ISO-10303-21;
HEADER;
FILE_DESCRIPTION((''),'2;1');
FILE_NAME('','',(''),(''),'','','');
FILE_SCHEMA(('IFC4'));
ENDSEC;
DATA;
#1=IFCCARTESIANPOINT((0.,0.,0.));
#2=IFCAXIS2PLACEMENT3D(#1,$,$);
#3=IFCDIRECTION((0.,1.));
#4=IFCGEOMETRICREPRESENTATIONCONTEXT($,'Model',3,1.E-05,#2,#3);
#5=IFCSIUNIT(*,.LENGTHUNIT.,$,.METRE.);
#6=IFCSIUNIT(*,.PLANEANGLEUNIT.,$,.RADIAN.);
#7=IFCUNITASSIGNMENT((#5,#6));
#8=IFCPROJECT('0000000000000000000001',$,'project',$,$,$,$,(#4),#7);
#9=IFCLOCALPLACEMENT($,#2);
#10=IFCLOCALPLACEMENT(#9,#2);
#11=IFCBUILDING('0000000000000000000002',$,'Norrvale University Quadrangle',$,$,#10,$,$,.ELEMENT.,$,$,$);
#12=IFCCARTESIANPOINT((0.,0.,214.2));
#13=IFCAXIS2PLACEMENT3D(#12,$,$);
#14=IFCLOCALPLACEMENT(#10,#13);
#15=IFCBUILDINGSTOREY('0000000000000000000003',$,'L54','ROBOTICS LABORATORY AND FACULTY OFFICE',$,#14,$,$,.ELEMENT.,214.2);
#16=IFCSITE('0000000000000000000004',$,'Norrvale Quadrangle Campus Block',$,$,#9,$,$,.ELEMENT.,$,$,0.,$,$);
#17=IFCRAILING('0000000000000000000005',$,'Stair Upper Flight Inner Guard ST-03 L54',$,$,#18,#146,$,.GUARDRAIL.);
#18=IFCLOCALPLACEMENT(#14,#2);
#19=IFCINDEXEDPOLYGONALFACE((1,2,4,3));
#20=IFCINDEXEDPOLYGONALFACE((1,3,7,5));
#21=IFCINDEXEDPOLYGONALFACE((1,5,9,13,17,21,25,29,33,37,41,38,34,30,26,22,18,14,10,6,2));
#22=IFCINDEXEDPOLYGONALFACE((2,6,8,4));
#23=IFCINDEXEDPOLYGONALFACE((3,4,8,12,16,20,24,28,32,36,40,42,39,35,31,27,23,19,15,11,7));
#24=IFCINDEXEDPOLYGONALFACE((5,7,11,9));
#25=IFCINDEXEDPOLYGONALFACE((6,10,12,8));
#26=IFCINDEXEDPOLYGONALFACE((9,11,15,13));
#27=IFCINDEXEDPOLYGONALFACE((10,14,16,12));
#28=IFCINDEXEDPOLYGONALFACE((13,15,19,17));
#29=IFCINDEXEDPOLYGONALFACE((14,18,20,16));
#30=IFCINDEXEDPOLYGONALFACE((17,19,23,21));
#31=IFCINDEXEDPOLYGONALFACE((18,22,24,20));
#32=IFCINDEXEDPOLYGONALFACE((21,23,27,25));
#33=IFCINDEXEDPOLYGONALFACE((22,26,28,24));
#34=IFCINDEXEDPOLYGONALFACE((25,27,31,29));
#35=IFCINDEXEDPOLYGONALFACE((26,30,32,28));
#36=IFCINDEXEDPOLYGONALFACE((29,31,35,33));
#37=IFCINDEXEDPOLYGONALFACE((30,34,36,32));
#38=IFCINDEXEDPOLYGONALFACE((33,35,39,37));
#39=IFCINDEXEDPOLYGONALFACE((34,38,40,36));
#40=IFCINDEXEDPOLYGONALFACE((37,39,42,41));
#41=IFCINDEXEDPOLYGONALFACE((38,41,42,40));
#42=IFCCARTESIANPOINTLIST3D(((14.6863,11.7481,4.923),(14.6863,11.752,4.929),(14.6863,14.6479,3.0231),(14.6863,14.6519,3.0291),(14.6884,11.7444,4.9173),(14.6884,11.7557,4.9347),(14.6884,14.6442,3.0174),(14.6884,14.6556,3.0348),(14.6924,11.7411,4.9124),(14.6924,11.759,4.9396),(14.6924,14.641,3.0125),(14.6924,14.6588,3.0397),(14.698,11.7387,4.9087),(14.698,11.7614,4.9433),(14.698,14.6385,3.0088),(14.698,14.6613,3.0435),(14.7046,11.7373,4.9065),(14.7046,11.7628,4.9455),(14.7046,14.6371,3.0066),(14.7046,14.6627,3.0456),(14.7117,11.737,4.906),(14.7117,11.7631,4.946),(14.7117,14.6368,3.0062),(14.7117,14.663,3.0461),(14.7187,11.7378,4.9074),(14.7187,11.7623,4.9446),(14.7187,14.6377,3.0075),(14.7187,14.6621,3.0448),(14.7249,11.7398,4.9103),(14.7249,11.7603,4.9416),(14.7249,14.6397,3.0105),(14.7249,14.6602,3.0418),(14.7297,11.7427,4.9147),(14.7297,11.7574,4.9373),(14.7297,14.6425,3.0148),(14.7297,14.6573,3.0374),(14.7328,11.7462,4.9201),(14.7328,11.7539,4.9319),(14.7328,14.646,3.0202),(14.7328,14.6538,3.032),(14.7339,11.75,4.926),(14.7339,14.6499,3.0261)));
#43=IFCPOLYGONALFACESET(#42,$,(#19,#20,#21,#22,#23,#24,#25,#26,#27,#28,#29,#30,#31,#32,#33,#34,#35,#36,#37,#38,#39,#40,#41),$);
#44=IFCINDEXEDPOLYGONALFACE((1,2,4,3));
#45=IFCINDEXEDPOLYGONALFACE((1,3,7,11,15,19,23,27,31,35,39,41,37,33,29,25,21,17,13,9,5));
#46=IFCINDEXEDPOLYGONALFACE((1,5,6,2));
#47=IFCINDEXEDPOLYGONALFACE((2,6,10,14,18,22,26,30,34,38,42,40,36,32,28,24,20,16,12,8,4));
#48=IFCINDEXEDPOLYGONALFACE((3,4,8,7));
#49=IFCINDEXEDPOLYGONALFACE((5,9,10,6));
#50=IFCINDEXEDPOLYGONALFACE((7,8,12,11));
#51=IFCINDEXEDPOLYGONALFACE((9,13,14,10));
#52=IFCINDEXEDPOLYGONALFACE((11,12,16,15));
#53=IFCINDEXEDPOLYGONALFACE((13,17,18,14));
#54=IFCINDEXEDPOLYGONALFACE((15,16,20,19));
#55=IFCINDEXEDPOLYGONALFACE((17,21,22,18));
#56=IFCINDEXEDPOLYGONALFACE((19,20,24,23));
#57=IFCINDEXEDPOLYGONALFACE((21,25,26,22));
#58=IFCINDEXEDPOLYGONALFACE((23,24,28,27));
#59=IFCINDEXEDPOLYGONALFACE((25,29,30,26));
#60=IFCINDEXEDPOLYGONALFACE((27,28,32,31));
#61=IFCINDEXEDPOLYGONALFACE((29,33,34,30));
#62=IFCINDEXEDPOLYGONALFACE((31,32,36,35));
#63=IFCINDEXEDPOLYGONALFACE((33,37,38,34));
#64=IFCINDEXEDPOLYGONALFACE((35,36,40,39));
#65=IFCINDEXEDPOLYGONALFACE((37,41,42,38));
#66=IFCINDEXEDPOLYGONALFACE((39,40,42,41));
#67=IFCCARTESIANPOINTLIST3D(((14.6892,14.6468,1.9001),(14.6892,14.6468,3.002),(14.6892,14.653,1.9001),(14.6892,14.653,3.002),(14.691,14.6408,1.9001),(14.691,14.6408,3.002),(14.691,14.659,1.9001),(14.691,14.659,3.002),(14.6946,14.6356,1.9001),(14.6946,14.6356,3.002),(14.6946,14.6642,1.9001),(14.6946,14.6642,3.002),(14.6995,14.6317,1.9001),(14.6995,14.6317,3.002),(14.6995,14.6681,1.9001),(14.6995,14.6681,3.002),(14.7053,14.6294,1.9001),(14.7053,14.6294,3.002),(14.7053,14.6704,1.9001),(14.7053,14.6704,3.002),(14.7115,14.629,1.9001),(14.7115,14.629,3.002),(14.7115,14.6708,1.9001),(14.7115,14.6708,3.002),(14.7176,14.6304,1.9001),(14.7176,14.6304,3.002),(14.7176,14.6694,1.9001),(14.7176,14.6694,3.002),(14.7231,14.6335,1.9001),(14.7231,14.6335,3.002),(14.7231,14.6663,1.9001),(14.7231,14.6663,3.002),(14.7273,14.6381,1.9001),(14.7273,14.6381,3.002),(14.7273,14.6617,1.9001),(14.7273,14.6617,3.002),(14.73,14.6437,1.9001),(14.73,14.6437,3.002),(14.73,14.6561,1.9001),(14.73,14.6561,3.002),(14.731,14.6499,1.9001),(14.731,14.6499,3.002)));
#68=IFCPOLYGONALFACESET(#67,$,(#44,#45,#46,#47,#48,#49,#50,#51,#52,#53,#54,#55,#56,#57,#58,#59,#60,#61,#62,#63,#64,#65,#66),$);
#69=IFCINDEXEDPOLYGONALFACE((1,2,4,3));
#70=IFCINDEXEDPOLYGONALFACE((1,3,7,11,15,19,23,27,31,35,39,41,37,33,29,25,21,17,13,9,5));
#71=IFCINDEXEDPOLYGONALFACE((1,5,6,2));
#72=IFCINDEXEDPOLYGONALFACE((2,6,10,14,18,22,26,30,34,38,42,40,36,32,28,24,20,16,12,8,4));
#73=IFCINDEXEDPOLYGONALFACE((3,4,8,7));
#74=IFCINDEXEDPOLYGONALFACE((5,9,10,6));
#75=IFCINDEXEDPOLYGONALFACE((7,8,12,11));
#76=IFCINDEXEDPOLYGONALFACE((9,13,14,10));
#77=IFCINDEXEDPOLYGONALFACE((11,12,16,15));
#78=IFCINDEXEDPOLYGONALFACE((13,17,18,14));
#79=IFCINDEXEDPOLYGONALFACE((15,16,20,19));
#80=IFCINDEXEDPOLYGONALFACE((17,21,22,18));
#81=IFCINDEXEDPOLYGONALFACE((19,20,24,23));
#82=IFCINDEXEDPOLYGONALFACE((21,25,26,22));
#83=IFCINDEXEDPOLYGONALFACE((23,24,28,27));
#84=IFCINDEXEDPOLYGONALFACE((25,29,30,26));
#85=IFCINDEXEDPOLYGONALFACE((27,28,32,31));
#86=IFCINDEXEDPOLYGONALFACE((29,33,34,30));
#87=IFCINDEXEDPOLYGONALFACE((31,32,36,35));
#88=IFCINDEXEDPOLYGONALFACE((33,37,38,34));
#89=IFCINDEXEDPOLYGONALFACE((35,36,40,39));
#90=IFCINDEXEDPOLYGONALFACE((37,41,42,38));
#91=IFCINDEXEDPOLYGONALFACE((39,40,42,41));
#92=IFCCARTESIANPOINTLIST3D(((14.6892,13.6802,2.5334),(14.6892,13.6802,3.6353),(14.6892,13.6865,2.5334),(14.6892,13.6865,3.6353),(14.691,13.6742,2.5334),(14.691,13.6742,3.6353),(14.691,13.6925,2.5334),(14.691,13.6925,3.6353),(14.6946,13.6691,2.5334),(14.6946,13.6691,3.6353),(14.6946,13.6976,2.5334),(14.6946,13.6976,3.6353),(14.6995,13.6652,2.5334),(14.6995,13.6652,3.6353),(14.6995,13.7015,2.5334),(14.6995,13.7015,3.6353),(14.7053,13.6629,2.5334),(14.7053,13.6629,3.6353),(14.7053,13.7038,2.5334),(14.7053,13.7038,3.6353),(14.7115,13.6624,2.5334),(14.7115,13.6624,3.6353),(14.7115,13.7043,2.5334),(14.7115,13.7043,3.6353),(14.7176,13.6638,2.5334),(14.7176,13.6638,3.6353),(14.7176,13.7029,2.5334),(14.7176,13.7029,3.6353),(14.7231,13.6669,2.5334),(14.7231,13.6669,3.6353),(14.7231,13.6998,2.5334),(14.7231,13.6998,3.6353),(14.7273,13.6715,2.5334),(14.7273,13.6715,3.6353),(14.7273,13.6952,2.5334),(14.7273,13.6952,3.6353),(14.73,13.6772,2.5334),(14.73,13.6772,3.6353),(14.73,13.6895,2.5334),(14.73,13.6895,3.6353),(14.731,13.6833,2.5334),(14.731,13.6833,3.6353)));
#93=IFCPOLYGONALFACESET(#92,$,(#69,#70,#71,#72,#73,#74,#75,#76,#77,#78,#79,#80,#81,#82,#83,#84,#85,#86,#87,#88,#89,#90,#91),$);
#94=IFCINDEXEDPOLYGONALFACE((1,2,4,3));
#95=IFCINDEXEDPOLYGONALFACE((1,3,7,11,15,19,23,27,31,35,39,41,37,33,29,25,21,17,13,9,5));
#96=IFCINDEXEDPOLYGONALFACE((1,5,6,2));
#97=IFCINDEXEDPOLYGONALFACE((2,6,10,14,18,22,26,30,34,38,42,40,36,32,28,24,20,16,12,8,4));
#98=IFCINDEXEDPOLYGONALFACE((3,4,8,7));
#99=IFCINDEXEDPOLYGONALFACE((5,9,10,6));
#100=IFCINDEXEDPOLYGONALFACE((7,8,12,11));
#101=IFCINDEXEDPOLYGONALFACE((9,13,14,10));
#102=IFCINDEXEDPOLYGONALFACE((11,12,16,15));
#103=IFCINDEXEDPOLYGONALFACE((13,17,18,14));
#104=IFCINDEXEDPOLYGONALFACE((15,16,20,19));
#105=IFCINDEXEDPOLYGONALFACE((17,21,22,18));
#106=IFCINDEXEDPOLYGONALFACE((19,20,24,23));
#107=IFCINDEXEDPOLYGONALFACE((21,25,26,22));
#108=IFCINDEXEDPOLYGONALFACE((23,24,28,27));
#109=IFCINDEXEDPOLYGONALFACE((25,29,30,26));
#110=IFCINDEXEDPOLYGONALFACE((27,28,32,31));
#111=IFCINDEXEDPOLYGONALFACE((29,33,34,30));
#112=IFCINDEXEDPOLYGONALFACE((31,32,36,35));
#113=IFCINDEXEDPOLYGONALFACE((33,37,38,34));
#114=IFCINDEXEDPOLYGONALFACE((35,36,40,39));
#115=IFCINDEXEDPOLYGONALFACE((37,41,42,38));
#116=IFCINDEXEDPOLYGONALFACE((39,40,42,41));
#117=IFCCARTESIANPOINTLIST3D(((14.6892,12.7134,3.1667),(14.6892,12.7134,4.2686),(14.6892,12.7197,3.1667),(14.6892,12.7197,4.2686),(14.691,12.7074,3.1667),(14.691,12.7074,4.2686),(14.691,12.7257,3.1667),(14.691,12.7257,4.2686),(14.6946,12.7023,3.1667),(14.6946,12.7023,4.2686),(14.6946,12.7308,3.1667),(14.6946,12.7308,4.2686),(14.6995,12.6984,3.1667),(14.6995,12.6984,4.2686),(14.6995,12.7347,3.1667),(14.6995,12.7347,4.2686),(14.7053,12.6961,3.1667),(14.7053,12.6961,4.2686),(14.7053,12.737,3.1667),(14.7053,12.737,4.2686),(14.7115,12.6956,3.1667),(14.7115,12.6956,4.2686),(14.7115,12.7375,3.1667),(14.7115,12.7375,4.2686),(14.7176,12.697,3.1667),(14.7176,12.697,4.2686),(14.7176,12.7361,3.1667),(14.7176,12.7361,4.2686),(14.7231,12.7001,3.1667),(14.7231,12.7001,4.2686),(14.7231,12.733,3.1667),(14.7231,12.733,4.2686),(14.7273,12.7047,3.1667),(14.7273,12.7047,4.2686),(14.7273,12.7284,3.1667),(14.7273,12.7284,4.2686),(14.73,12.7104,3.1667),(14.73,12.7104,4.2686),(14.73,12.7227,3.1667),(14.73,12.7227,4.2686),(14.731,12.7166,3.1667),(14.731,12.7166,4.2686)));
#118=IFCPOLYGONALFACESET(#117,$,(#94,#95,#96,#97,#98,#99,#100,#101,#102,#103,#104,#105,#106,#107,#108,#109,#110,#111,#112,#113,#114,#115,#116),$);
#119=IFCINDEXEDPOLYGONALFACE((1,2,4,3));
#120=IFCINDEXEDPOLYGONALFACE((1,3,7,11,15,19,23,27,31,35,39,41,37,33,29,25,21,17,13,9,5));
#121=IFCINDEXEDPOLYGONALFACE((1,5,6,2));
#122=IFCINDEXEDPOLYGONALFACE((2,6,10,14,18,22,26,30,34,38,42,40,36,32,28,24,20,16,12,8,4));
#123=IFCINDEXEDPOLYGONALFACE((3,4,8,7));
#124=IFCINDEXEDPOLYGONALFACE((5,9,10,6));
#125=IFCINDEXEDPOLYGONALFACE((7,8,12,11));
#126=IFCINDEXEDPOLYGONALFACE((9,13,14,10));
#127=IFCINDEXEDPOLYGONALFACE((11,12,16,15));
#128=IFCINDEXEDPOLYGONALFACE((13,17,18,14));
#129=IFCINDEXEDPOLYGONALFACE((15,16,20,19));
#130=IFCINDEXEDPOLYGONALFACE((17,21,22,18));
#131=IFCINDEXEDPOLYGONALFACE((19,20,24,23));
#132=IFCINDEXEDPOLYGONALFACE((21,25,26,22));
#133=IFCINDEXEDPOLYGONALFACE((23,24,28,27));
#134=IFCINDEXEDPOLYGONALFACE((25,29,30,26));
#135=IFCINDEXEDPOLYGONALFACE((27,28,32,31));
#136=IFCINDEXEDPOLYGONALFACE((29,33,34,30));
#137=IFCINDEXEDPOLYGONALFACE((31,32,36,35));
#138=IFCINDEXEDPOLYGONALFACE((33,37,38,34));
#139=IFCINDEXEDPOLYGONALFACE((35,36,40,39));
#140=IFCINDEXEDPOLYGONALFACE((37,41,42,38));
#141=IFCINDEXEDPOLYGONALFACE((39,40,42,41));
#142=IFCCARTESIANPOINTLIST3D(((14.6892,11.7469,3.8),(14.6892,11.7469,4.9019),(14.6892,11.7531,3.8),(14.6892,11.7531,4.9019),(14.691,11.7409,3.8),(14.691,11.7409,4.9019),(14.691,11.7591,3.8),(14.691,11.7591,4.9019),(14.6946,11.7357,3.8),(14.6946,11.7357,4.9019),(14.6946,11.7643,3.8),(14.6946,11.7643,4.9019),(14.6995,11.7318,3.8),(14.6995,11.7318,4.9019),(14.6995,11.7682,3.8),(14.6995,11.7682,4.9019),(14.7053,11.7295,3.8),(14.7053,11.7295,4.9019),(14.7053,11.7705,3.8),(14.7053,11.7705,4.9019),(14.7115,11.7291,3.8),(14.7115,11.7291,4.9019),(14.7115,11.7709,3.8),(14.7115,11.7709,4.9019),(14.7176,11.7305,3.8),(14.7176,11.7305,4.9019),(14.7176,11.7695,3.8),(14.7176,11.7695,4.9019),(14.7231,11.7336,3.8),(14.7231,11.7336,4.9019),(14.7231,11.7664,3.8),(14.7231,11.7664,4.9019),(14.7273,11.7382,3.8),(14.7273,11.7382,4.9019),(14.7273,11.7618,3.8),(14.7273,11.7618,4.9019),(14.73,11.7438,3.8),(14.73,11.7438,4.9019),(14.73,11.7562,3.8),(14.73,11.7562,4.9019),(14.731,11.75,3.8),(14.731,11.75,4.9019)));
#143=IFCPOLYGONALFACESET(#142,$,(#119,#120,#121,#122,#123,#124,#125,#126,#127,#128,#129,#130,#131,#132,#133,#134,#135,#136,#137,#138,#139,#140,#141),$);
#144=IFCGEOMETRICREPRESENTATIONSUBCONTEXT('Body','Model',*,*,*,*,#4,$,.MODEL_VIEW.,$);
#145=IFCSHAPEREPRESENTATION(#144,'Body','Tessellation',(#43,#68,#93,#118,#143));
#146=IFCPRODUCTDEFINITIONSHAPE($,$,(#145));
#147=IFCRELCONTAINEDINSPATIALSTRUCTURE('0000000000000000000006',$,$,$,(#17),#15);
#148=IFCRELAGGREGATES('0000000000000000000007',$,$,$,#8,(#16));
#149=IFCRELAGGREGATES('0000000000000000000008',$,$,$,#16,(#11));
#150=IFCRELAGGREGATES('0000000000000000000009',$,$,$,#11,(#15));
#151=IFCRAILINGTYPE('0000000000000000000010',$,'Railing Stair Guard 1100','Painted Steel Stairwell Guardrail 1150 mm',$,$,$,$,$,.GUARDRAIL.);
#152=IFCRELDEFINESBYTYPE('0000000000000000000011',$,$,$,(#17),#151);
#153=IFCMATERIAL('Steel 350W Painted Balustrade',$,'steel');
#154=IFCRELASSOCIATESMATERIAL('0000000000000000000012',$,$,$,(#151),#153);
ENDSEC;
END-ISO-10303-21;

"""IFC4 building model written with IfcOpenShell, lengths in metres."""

from ifc_helpers import new_model, si_unit, direction, frame, origin, origin_2d, place, context, subcontext, project, spatial, circle, extrude, material, type_object, element, save


model = new_model("IFC4")

# Units and contexts
model_context = context("Model", 3, precision=1e-05, world=origin(), true_north=direction((0.0, 1.0)))
body_context = subcontext(model_context, "Body", "Model", "MODEL_VIEW")
ifc_project = project(units=[si_unit("LENGTHUNIT", "METRE"), si_unit("PLANEANGLEUNIT", "RADIAN")], contexts=[model_context])

# Site, building, storey
site_placement = place(None, origin())
site = spatial("IfcSite", under=ifc_project, at=site_placement, Name="Norrvale Quadrangle Campus Block", CompositionType="ELEMENT", RefElevation=0.0)
building_placement = place(site_placement, origin())
building = spatial("IfcBuilding", under=site, at=building_placement, Name="Norrvale University Quadrangle", CompositionType="ELEMENT")
storey_placement = place(building_placement, frame((0.0, 0.0, 214.2)))
storey = spatial("IfcBuildingStorey", under=building, at=storey_placement, Name="L54", Description="ROBOTICS LABORATORY AND FACULTY OFFICE", CompositionType="ELEMENT", Elevation=214.2)

# Railing
ifc_material_1 = material(Name="Steel 350W Painted Balustrade", Category="steel")
railing_type_1 = type_object("IfcRailingType", Name="Railing Stair Guard 1100", Description="Painted Steel Stairwell Guardrail 1150 mm", PredefinedType="GUARDRAIL", material=ifc_material_1)
railing_1_placement = place(storey_placement, frame((14.71, 14.6499, 1.9001)))
element("IfcRailing", 1, at=railing_1_placement, inside=storey, type_object=railing_type_1, Name="Stair Upper Flight Inner Guard ST-03 L54", PredefinedType="GUARDRAIL", context=body_context, shape_type="SweptSolid", body=[
    extrude(circle(Radius=0.0239, at=origin_2d()), frame((0.0, 0.0, 1.126), z_axis=(0.0, -0.836466, 0.548019), x_axis=(1.0, 0.0, 0.0)), (0.0, 0.0, 1.0), 3.4668),
    extrude(circle(Radius=0.021, at=origin_2d()), origin(), (0.0, 0.0, 1.0), 1.1018),
    extrude(circle(Radius=0.021, at=origin_2d()), frame((0.0, -0.9666, 0.6333)), (0.0, 0.0, 1.0), 1.1018),
    extrude(circle(Radius=0.021, at=origin_2d()), frame((0.0, -1.9333, 1.2666)), (0.0, 0.0, 1.0), 1.1018),
    extrude(circle(Radius=0.021, at=origin_2d()), frame((0.0, -2.8999, 1.8999)), (0.0, 0.0, 1.0), 1.1018),
])

save(model, "model.ifc")
